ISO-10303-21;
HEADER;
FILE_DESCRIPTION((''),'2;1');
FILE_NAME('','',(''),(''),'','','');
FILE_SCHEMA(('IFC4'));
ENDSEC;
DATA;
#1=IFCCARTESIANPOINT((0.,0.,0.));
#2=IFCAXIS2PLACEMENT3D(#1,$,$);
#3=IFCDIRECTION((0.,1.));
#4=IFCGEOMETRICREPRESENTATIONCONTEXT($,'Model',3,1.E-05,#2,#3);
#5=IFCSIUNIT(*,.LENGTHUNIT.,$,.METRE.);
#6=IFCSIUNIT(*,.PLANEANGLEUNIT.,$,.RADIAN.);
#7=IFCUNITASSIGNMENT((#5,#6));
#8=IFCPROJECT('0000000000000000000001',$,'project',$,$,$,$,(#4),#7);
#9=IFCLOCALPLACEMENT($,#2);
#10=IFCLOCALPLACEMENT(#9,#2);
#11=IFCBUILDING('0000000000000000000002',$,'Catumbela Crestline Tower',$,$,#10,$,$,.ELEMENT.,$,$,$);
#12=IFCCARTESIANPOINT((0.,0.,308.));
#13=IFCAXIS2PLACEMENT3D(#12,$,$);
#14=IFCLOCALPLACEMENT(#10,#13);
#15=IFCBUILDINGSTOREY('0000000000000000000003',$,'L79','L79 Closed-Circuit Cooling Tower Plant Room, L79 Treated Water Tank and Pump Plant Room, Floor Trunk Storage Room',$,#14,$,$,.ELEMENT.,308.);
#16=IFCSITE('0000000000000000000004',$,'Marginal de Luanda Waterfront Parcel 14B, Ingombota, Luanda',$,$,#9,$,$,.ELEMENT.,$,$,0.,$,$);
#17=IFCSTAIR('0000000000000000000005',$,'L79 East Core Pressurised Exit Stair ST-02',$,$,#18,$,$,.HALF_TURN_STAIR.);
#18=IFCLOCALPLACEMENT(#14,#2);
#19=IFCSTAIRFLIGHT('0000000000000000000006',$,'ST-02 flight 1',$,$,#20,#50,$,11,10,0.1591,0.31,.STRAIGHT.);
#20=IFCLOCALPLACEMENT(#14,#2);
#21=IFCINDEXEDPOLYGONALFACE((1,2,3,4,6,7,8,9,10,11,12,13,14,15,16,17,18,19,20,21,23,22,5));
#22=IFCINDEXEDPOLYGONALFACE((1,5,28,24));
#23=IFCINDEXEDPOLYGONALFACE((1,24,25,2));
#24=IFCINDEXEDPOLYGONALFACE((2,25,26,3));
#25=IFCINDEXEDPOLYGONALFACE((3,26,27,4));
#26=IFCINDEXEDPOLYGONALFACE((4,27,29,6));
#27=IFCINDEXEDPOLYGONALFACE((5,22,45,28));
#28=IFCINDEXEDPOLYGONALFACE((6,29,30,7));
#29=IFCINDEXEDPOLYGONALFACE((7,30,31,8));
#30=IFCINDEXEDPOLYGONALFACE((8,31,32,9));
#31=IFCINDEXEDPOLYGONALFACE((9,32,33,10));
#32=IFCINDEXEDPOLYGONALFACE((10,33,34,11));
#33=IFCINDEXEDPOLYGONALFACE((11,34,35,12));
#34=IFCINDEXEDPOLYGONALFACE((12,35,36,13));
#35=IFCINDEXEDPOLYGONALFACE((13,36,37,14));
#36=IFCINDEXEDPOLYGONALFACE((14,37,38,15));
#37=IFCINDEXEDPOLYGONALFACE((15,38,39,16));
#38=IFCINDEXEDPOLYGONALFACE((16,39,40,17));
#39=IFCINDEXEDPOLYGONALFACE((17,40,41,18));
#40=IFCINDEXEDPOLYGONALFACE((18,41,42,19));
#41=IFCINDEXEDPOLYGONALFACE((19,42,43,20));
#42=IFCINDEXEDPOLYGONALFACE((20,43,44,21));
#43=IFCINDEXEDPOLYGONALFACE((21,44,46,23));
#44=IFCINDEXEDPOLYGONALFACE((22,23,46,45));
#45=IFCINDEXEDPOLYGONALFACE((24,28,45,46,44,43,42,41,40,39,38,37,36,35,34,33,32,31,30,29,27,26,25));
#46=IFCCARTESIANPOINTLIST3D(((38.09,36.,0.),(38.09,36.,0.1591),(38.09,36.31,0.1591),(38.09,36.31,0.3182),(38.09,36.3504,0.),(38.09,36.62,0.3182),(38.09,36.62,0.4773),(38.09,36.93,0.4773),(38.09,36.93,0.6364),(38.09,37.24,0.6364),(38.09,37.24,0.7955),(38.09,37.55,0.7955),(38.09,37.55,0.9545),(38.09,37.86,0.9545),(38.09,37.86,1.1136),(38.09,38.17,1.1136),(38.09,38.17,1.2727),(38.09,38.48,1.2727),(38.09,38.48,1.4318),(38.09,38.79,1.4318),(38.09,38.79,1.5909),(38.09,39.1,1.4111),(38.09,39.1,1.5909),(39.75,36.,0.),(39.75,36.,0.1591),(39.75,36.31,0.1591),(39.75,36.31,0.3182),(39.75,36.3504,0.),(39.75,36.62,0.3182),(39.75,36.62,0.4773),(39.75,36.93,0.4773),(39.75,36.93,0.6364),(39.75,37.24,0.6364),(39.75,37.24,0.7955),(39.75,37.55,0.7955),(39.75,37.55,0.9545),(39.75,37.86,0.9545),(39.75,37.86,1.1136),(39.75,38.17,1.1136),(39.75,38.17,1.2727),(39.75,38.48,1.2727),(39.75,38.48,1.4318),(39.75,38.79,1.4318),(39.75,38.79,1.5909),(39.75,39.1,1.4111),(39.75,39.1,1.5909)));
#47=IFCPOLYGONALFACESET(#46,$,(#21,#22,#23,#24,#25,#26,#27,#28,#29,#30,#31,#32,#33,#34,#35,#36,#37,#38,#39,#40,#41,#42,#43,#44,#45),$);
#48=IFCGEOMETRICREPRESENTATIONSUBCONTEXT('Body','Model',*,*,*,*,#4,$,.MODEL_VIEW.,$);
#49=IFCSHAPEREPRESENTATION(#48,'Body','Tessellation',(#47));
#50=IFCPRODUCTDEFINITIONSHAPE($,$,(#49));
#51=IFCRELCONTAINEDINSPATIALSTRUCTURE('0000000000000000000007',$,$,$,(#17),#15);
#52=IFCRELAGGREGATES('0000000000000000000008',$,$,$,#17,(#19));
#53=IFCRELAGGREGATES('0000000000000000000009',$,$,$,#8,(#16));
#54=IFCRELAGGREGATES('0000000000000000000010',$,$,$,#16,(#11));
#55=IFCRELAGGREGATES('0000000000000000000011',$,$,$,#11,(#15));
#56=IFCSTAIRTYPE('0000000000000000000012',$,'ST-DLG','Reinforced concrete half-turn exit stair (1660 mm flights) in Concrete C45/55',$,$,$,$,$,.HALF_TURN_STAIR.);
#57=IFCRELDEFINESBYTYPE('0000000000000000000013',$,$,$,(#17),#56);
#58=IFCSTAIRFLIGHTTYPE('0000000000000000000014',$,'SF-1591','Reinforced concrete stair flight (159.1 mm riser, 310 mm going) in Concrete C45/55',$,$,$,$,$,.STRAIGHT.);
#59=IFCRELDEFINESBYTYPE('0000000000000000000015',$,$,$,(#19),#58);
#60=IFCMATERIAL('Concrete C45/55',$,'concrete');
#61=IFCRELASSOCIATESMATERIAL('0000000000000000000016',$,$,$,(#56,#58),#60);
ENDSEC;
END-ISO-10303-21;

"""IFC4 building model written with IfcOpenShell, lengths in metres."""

from ifc_helpers import new_model, si_unit, direction, frame, origin, place, context, subcontext, project, spatial, polyline, outline, extrude, material, type_object, element, aggregate, save


model = new_model("IFC4")

# Units and contexts
model_context = context("Model", 3, precision=1e-05, world=origin(), true_north=direction((0.0, 1.0)))
body_context = subcontext(model_context, "Body", "Model", "MODEL_VIEW")
ifc_project = project(units=[si_unit("LENGTHUNIT", "METRE"), si_unit("PLANEANGLEUNIT", "RADIAN")], contexts=[model_context])

# Site, building, storey
site_placement = place(None, origin())
site = spatial("IfcSite", under=ifc_project, at=site_placement, Name="Marginal de Luanda Waterfront Parcel 14B, Ingombota, Luanda", CompositionType="ELEMENT", RefElevation=0.0)
building_placement = place(site_placement, origin())
building = spatial("IfcBuilding", under=site, at=building_placement, Name="Catumbela Crestline Tower", CompositionType="ELEMENT")
storey_placement = place(building_placement, frame((0.0, 0.0, 308.0)))
storey = spatial("IfcBuildingStorey", under=building, at=storey_placement, Name="L79", Description="L79 Closed-Circuit Cooling Tower Plant Room, L79 Treated Water Tank and Pump Plant Room, Floor Trunk Storage Room", CompositionType="ELEMENT", Elevation=308.0)

# Stair, stair flight
ifc_material_1 = material(Name="Concrete C45/55", Category="concrete")
stair_type = type_object("IfcStairType", Name="ST-DLG", Description="Reinforced concrete half-turn exit stair (1660 mm flights) in Concrete C45/55", PredefinedType="HALF_TURN_STAIR", material=ifc_material_1)
stair_placement = place(storey_placement, origin())
stair = element("IfcStair", 1, at=stair_placement, inside=storey, type_object=stair_type, Name="L79 East Core Pressurised Exit Stair ST-02", PredefinedType="HALF_TURN_STAIR")
stair_flight_type = type_object("IfcStairFlightType", Name="SF-1591", Description="Reinforced concrete stair flight (159.1 mm riser, 310 mm going) in Concrete C45/55", PredefinedType="STRAIGHT", material=ifc_material_1)
stair_flight_placement = place(storey_placement, frame((38.92, 36.0, 0.0), z_axis=(0.0, 0.0, 1.0), x_axis=(0.0, 1.0, 0.0)))
stair_flight = element("IfcStairFlight", 2, at=stair_flight_placement, type_object=stair_flight_type, Name="ST-02 flight 1", NumberOfRisers=11, NumberOfTreads=10, PredefinedType="STRAIGHT", RiserHeight=0.1591, TreadLength=0.31, context=body_context, shape_type="SweptSolid", body=[
    extrude(outline(polyline([(0.0, 0.0), (0.0, 0.1591), (0.31, 0.1591), (0.31, 0.3182), (0.62, 0.3182), (0.62, 0.4773), (0.93, 0.4773), (0.93, 0.6364), (1.24, 0.6364), (1.24, 0.7955), (1.55, 0.7955), (1.55, 0.9545), (1.86, 0.9545), (1.86, 1.1136), (2.17, 1.1136), (2.17, 1.2727), (2.48, 1.2727), (2.48, 1.4318), (2.79, 1.4318), (2.79, 1.5909), (3.1, 1.5909), (3.1, 1.75), (3.1, 1.4111), (0.3504, 0.0), (0.0, 0.0)])), frame((0.0, 0.83, 0.0), z_axis=(0.0, -1.0, 0.0), x_axis=(1.0, 0.0, 0.0)), (0.0, 0.0, 1.0), 1.66),
])
aggregate(stair, [stair_flight])

save(model, "model.ifc")
